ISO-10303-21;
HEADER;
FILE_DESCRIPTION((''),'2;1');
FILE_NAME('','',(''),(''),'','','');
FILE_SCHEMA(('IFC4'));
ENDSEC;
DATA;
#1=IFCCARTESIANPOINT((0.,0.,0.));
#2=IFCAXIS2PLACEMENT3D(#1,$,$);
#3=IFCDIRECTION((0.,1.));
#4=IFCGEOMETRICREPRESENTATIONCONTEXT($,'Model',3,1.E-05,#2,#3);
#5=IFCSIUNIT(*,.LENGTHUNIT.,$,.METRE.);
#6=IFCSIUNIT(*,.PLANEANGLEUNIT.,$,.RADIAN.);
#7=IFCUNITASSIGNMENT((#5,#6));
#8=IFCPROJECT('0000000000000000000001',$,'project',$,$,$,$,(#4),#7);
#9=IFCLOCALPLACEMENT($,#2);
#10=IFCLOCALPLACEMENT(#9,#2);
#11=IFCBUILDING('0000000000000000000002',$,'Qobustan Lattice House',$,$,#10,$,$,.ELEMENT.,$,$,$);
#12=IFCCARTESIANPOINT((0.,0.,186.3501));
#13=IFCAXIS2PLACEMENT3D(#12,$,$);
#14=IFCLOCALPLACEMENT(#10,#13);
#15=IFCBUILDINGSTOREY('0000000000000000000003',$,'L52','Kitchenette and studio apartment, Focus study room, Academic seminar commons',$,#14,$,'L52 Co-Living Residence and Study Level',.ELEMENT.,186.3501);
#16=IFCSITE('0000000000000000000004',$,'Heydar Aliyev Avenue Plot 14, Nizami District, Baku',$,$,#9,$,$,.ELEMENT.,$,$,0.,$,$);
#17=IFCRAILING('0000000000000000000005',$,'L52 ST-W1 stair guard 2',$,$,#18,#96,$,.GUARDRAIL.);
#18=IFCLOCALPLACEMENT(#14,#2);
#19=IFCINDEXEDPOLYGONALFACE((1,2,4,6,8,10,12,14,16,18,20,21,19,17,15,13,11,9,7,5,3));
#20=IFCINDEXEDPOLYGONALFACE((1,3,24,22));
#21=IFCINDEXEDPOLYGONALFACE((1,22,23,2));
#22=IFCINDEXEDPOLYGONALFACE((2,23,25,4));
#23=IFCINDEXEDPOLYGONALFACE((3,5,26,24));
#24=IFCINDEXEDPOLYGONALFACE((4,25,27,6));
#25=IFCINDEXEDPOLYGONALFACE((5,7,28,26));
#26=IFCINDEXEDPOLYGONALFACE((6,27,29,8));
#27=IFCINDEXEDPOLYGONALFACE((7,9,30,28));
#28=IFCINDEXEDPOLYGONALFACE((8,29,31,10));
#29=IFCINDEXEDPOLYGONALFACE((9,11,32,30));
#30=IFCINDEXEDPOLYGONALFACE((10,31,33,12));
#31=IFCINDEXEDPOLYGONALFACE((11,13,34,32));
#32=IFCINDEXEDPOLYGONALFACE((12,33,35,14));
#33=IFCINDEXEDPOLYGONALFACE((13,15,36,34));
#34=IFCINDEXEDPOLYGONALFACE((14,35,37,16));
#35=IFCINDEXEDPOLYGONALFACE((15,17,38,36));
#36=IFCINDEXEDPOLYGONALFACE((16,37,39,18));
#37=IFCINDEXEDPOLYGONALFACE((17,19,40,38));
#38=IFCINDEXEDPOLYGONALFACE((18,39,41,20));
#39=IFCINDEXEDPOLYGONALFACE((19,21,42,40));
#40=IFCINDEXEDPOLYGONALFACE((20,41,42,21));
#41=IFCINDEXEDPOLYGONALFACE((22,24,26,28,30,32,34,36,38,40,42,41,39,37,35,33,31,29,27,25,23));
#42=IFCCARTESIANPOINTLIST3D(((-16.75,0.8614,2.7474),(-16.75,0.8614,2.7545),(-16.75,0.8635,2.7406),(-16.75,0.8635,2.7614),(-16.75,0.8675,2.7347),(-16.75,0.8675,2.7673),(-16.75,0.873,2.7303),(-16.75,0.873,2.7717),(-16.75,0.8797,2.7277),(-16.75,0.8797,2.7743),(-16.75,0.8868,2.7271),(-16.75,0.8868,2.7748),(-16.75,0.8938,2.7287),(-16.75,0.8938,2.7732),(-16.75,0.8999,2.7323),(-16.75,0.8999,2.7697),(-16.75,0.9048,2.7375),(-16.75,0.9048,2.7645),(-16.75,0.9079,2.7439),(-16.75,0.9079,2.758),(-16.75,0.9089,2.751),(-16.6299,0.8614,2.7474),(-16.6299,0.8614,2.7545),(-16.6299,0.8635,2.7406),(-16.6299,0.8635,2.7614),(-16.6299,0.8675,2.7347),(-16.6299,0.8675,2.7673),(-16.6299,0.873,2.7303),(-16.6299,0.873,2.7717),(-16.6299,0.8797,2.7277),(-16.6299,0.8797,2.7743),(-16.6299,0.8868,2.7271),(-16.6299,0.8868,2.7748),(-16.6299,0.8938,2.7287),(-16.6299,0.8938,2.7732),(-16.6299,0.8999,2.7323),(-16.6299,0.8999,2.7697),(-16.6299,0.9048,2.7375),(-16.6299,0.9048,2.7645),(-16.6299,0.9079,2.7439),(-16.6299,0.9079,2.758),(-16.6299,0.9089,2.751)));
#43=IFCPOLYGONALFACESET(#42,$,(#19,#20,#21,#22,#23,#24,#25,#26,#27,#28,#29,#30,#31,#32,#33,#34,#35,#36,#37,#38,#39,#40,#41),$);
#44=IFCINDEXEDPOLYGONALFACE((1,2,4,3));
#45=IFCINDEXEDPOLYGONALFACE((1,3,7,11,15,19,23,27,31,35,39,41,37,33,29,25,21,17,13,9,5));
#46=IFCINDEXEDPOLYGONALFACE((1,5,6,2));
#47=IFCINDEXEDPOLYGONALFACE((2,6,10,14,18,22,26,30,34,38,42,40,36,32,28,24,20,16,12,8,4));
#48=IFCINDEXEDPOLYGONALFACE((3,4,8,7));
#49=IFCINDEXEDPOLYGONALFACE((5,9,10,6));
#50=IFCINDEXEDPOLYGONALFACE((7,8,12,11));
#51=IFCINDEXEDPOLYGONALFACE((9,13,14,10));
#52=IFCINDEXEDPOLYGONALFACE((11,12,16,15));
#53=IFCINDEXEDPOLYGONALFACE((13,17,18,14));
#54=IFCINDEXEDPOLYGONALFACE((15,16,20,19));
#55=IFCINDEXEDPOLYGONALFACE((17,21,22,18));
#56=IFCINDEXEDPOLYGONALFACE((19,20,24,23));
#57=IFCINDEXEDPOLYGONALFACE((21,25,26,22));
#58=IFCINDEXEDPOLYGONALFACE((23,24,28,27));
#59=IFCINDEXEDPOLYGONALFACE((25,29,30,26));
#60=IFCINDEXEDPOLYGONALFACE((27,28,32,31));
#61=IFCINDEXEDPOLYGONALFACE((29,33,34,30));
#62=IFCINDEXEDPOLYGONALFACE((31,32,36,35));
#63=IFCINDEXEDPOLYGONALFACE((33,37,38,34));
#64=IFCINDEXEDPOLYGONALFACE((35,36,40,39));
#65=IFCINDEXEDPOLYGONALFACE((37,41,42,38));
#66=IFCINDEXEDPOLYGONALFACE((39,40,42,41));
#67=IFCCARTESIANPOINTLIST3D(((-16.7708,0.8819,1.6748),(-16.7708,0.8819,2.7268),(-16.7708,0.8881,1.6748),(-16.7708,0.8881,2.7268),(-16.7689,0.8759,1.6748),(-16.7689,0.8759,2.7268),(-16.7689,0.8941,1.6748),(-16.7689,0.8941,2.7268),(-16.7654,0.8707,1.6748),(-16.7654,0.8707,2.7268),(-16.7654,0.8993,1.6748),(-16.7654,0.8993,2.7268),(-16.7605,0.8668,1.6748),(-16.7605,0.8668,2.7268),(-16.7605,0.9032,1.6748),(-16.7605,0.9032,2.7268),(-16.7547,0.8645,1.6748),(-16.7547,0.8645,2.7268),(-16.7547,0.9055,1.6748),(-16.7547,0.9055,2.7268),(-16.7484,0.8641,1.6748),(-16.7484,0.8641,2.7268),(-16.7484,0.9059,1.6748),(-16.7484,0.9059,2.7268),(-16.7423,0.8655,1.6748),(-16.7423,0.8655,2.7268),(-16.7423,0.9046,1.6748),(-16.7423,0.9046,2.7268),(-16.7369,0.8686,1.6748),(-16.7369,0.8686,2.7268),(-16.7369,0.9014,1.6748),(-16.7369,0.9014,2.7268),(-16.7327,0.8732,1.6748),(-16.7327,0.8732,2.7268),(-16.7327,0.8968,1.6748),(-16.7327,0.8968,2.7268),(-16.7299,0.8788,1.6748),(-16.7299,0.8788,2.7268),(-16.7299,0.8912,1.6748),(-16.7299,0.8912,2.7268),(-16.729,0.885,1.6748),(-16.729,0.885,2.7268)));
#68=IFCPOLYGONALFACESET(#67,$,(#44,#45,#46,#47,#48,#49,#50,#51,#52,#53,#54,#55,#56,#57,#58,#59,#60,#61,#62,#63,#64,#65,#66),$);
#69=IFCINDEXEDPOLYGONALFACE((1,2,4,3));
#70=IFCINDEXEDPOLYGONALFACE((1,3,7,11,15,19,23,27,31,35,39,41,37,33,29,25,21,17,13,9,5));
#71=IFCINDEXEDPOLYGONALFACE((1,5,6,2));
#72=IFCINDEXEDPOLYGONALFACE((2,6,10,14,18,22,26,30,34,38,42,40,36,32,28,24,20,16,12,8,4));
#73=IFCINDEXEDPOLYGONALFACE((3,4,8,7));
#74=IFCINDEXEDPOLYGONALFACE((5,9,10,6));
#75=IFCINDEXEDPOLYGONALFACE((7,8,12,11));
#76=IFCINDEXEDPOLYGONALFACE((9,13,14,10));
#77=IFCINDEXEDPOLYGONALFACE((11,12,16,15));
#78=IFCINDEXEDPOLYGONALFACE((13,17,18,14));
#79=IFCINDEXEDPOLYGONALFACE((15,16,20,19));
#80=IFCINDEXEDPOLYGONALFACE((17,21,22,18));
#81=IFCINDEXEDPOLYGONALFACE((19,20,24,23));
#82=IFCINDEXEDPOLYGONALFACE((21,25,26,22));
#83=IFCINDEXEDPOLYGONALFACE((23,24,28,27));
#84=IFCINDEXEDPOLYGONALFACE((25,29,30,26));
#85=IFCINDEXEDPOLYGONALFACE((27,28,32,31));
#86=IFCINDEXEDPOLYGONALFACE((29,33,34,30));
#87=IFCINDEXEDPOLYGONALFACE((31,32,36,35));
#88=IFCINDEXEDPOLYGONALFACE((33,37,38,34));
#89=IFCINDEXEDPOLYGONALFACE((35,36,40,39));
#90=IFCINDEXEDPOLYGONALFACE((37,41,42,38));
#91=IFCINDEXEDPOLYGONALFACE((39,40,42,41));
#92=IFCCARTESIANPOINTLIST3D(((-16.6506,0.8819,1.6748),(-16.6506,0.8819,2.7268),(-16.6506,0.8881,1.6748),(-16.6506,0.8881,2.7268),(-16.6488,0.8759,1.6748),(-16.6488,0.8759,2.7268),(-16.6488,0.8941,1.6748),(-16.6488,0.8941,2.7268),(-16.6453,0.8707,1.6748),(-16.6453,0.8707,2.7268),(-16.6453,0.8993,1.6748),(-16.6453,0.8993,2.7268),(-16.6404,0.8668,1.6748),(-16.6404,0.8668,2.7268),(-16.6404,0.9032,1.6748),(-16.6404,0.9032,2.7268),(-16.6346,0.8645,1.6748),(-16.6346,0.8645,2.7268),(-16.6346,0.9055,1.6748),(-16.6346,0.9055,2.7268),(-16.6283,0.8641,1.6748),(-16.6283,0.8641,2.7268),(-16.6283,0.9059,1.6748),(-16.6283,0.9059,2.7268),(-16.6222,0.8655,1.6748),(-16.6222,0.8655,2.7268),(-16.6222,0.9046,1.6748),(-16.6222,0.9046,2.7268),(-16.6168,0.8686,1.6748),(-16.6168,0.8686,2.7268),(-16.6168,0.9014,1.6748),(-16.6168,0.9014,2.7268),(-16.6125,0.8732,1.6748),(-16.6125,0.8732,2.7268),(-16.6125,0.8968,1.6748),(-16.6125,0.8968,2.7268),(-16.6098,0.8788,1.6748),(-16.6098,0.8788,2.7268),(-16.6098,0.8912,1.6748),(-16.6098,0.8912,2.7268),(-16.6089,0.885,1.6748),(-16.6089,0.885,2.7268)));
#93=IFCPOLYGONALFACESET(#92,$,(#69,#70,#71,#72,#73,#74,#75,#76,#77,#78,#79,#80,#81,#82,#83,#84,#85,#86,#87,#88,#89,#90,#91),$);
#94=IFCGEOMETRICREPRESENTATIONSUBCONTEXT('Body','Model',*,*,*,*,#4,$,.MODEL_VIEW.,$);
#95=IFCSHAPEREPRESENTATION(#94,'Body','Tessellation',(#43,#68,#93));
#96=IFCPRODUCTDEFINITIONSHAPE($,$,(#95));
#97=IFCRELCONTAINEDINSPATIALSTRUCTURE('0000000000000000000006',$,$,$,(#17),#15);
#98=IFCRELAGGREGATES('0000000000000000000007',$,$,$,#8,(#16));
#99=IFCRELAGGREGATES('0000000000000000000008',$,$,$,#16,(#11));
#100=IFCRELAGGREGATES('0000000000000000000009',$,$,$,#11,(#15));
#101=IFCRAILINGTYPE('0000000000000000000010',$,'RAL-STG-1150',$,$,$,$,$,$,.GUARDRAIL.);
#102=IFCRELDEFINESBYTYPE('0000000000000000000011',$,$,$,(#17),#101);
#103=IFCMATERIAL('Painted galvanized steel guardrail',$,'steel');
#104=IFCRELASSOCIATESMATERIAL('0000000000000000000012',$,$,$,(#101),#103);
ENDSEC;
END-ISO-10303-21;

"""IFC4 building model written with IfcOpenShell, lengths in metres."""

from ifc_helpers import new_model, si_unit, direction, frame, origin, origin_2d, place, context, subcontext, project, spatial, circle, extrude, material, type_object, element, save


model = new_model("IFC4")

# Units and contexts
model_context = context("Model", 3, precision=1e-05, world=origin(), true_north=direction((0.0, 1.0)))
body_context = subcontext(model_context, "Body", "Model", "MODEL_VIEW")
ifc_project = project(units=[si_unit("LENGTHUNIT", "METRE"), si_unit("PLANEANGLEUNIT", "RADIAN")], contexts=[model_context])

# Site, building, storey
site_placement = place(None, origin())
site = spatial("IfcSite", under=ifc_project, at=site_placement, Name="Heydar Aliyev Avenue Plot 14, Nizami District, Baku", CompositionType="ELEMENT", RefElevation=0.0)
building_placement = place(site_placement, origin())
building = spatial("IfcBuilding", under=site, at=building_placement, Name="Qobustan Lattice House", CompositionType="ELEMENT")
storey_placement = place(building_placement, frame((0.0, 0.0, 186.3501)))
storey = spatial("IfcBuildingStorey", under=building, at=storey_placement, Name="L52", Description="Kitchenette and studio apartment, Focus study room, Academic seminar commons", LongName="L52 Co-Living Residence and Study Level", CompositionType="ELEMENT", Elevation=186.3501)

# Railing
ifc_material_1 = material(Name="Painted galvanized steel guardrail", Category="steel")
railing_type_1 = type_object("IfcRailingType", Name="RAL-STG-1150", PredefinedType="GUARDRAIL", material=ifc_material_1)
railing_1_placement = place(storey_placement, frame((-16.75, 0.885, 1.6748)))
element("IfcRailing", 1, at=railing_1_placement, inside=storey, type_object=railing_type_1, Name="L52 ST-W1 stair guard 2", PredefinedType="GUARDRAIL", context=body_context, shape_type="SweptSolid", body=[
    extrude(circle(Radius=0.0239, at=origin_2d()), frame((0.0, 0.0, 1.0762), z_axis=(1.0, 0.0, 0.0), x_axis=(0.0, 1.0, 0.0)), (0.0, 0.0, 1.0), 0.1201),
    extrude(circle(Radius=0.021, at=origin_2d()), origin(), (0.0, 0.0, 1.0), 1.052),
    extrude(circle(Radius=0.021, at=origin_2d()), frame((0.1201, 0.0, 0.0)), (0.0, 0.0, 1.0), 1.052),
])

save(model, "model.ifc")
